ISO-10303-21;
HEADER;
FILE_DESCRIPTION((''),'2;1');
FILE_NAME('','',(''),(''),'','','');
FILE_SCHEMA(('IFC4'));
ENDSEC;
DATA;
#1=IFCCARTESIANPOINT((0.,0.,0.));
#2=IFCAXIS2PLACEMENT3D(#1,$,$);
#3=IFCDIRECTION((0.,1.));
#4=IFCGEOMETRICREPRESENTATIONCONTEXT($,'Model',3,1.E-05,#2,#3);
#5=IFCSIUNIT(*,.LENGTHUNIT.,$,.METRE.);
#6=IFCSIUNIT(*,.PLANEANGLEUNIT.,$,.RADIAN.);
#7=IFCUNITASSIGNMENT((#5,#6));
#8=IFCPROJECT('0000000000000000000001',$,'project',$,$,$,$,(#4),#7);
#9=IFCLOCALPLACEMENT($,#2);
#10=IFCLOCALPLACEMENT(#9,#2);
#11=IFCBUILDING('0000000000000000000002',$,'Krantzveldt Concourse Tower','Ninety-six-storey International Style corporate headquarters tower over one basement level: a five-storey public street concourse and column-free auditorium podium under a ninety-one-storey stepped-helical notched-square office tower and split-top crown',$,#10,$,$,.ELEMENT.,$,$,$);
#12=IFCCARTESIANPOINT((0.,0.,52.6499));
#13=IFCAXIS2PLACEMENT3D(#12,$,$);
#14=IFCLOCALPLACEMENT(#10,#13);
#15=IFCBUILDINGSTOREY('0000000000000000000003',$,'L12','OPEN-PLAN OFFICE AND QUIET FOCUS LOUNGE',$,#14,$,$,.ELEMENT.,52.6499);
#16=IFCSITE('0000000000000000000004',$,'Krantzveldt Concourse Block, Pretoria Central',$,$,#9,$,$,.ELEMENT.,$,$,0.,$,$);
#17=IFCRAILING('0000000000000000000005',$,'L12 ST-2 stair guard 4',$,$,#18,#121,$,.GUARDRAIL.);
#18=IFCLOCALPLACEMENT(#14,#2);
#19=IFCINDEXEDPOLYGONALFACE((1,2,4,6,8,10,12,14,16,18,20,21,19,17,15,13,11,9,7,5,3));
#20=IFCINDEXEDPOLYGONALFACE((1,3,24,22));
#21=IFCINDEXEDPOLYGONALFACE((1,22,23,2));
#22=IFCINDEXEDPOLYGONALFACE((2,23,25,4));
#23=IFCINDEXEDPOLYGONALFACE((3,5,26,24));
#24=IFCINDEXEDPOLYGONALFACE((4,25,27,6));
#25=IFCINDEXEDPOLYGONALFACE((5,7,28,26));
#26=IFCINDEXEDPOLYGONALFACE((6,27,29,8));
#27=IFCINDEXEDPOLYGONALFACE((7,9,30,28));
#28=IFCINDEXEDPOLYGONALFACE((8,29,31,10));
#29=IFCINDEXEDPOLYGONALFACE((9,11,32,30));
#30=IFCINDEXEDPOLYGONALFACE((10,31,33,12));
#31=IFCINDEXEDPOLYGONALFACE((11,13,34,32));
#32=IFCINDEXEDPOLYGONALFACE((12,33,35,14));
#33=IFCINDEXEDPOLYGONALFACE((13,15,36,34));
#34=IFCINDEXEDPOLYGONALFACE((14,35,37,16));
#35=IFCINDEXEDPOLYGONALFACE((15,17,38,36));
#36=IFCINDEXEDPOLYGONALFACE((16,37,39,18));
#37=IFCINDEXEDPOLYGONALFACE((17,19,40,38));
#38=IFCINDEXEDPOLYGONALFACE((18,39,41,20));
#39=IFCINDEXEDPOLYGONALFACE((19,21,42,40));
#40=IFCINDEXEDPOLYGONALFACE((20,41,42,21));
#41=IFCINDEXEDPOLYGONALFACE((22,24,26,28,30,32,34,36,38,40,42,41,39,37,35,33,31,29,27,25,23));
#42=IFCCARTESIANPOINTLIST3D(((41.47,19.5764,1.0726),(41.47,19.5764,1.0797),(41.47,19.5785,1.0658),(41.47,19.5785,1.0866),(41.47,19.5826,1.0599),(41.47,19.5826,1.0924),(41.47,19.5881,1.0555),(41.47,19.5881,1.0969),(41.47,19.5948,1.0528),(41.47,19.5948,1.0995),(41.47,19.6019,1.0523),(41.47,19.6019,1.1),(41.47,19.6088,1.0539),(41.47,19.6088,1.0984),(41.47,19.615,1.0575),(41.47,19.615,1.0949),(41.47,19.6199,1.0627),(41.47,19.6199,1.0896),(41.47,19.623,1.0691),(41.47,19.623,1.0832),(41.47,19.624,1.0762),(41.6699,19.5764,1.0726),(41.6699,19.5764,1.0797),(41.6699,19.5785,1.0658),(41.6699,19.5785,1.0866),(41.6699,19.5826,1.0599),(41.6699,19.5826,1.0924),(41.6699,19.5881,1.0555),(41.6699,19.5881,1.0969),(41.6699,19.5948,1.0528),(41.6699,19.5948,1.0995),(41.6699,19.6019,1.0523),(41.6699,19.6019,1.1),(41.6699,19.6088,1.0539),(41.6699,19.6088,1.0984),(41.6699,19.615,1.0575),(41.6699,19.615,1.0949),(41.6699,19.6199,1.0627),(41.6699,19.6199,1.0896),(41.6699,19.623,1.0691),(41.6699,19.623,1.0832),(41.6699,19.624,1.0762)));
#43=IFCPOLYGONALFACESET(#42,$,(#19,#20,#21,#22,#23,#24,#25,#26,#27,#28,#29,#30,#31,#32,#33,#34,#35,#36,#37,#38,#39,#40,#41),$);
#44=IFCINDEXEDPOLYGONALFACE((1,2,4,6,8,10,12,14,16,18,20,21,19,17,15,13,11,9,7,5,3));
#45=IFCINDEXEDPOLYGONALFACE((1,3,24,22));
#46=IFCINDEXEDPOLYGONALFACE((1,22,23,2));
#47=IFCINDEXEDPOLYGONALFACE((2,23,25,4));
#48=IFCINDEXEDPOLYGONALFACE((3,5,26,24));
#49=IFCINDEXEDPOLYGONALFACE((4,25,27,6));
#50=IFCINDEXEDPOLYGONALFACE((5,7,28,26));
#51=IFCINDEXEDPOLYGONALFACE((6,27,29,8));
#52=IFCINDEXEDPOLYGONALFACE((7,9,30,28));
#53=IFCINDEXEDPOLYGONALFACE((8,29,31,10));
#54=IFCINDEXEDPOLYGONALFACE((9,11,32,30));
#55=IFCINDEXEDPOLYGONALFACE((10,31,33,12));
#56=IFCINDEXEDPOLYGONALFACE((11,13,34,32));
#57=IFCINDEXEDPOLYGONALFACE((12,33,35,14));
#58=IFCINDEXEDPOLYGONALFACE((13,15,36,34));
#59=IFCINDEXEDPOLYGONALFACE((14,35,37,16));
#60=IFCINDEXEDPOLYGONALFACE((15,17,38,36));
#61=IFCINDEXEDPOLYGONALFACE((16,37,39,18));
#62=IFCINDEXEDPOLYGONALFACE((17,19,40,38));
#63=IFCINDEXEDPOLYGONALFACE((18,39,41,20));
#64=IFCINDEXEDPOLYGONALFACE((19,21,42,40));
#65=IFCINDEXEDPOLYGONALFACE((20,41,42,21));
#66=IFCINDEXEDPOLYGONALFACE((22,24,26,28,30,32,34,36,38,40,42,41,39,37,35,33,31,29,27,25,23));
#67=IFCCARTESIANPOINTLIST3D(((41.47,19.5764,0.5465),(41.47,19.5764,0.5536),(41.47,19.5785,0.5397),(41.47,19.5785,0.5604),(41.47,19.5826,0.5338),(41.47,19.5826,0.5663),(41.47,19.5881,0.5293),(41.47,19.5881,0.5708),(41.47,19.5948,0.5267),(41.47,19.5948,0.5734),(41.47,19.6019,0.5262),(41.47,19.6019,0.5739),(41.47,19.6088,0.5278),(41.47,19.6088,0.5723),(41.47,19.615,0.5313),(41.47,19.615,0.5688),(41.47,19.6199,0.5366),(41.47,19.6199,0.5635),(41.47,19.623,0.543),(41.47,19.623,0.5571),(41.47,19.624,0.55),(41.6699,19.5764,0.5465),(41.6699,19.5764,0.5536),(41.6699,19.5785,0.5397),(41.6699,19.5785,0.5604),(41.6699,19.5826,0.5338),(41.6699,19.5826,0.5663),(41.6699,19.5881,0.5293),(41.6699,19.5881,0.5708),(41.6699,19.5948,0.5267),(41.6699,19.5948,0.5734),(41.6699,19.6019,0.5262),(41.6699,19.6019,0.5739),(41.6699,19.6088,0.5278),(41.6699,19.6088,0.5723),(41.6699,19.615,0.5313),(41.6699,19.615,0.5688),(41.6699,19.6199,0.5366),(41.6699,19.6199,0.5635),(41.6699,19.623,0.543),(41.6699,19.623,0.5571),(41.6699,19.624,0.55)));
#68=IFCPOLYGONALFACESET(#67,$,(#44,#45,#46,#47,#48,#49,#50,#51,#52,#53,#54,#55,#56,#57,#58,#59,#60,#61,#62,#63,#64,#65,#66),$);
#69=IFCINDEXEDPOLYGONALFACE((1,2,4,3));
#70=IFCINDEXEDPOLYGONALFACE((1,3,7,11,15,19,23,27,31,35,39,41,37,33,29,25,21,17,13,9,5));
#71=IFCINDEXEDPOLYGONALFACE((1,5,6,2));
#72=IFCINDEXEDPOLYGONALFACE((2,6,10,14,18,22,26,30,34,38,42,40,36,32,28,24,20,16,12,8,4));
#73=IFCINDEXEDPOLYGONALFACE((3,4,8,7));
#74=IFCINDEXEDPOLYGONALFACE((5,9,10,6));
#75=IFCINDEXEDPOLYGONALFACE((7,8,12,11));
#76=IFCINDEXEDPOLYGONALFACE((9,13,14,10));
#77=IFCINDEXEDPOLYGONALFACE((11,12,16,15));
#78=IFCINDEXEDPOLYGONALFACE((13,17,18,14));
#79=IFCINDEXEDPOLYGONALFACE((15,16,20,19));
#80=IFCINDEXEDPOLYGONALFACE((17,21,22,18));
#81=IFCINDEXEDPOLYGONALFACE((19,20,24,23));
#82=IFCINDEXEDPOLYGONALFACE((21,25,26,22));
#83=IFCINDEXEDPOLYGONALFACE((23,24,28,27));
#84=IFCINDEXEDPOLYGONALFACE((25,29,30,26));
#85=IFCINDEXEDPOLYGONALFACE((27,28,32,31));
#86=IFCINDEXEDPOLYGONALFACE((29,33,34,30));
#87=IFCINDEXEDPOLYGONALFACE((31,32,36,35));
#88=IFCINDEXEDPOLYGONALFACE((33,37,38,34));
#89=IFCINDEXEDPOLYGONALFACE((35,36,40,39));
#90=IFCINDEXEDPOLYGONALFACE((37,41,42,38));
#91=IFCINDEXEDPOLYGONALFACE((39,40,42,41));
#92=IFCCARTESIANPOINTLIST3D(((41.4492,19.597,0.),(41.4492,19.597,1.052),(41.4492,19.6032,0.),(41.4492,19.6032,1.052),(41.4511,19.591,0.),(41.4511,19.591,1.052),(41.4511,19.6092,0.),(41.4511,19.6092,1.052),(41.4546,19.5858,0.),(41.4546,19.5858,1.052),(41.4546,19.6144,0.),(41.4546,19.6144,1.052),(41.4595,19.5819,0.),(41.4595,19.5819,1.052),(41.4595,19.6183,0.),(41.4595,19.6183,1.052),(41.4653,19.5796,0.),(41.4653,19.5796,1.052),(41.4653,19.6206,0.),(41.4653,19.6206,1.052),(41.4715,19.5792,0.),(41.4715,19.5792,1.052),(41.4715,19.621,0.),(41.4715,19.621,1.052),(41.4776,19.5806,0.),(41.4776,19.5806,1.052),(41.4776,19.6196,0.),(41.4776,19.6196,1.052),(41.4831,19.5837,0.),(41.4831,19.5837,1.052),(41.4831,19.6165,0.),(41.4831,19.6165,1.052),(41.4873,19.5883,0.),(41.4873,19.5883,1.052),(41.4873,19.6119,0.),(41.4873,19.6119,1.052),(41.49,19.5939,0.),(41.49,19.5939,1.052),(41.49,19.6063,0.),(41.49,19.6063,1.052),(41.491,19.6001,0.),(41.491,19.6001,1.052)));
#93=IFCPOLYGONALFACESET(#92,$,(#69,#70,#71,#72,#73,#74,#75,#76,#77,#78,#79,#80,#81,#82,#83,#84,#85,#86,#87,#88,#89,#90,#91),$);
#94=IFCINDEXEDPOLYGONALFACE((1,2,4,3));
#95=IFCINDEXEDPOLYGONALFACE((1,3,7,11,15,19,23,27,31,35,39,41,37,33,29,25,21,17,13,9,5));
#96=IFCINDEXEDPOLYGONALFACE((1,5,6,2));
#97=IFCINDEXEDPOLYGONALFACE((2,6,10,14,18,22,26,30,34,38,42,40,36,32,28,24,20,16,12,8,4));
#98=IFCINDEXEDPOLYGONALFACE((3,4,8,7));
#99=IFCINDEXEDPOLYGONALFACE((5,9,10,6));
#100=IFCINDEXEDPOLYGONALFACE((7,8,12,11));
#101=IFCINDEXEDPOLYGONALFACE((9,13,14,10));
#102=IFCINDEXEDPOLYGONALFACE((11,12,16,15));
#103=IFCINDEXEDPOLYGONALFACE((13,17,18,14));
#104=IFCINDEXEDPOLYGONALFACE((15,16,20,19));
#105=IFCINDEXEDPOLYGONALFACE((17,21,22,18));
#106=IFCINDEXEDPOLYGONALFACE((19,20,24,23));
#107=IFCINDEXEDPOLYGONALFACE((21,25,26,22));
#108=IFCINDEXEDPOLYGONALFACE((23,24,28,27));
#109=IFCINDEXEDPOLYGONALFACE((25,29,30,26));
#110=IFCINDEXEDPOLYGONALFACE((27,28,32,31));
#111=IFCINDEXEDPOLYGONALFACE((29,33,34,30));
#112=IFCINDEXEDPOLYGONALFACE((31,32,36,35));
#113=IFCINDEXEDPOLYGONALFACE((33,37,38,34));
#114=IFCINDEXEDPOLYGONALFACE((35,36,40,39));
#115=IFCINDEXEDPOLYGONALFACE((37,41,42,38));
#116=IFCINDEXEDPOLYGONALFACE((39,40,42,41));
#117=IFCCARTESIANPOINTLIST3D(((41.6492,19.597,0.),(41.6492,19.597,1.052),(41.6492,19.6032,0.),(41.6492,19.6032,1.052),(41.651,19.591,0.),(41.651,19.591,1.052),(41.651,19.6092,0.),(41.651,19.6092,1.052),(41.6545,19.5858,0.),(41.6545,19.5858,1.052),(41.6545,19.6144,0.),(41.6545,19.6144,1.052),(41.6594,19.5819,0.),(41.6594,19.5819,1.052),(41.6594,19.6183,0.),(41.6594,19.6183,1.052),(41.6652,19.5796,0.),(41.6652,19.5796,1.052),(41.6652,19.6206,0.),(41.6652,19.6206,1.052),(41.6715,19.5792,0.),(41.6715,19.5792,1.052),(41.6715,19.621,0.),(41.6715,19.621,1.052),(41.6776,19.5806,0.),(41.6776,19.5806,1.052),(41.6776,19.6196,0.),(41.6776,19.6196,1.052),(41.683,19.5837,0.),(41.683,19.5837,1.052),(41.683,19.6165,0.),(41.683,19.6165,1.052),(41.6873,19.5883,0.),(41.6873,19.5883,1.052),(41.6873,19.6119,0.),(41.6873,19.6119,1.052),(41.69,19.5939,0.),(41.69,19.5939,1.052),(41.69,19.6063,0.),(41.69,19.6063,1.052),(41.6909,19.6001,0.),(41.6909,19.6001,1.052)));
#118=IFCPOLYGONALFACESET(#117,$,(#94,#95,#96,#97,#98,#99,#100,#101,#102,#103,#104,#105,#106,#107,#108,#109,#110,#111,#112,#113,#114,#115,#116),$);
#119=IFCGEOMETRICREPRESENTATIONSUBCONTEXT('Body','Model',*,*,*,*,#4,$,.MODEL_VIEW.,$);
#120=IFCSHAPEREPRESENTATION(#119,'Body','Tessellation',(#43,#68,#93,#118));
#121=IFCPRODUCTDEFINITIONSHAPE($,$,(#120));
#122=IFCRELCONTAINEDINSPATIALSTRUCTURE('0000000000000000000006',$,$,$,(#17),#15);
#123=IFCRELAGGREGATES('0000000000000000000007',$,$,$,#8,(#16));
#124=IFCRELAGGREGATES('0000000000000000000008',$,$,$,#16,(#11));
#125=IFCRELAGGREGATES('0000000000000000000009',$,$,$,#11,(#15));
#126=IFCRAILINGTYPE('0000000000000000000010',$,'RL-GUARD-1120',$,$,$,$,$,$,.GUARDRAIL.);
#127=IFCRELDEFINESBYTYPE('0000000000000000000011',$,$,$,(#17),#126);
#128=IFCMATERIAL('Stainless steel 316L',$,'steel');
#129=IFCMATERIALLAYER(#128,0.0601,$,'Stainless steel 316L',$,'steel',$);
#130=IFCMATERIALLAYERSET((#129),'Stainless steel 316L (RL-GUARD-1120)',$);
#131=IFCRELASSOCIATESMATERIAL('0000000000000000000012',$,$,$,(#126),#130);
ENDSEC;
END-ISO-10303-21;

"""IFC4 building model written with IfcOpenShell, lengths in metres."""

from ifc_helpers import new_model, si_unit, direction, frame, origin, origin_2d, place, context, subcontext, project, spatial, circle, extrude, material, layer, layer_set, type_object, element, save


model = new_model("IFC4")

# Units and contexts
model_context = context("Model", 3, precision=1e-05, world=origin(), true_north=direction((0.0, 1.0)))
body_context = subcontext(model_context, "Body", "Model", "MODEL_VIEW")
ifc_project = project(units=[si_unit("LENGTHUNIT", "METRE"), si_unit("PLANEANGLEUNIT", "RADIAN")], contexts=[model_context])

# Site, building, storey
site_placement = place(None, origin())
site = spatial("IfcSite", under=ifc_project, at=site_placement, Name="Krantzveldt Concourse Block, Pretoria Central", CompositionType="ELEMENT", RefElevation=0.0)
building_placement = place(site_placement, origin())
building = spatial("IfcBuilding", under=site, at=building_placement, Name="Krantzveldt Concourse Tower", Description="Ninety-six-storey International Style corporate headquarters tower over one basement level: a five-storey public street concourse and column-free auditorium podium under a ninety-one-storey stepped-helical notched-square office tower and split-top crown", CompositionType="ELEMENT")
storey_placement = place(building_placement, frame((0.0, 0.0, 52.6499)))
storey = spatial("IfcBuildingStorey", under=building, at=storey_placement, Name="L12", Description="OPEN-PLAN OFFICE AND QUIET FOCUS LOUNGE", CompositionType="ELEMENT", Elevation=52.6499)

# Shared definitions
ifc_material_1 = material(Name="Stainless steel 316L", Category="steel")

# Railing
ifc_layer_1 = layer(ifc_material_1, 0.0601, Name="Stainless steel 316L", Category="steel")
ifc_layer_set_1 = layer_set([ifc_layer_1], Name="Stainless steel 316L (RL-GUARD-1120)")
railing_type_1 = type_object("IfcRailingType", Name="RL-GUARD-1120", PredefinedType="GUARDRAIL", material=ifc_layer_set_1)
railing_1_placement = place(storey_placement, frame((41.47, 19.6001, 0.0)))
element("IfcRailing", 1, at=railing_1_placement, inside=storey, type_object=railing_type_1, Name="L12 ST-2 stair guard 4", PredefinedType="GUARDRAIL", context=body_context, shape_type="SweptSolid", body=[
    extrude(circle(Radius=0.0239, at=origin_2d()), frame((0.0, 0.0, 1.0762), z_axis=(1.0, 0.0, 0.0), x_axis=(0.0, 1.0, 0.0)), (0.0, 0.0, 1.0), 0.2),
    extrude(circle(Radius=0.0239, at=origin_2d()), frame((0.0, 0.0, 0.55), z_axis=(1.0, 0.0, 0.0), x_axis=(0.0, 1.0, 0.0)), (0.0, 0.0, 1.0), 0.2),
    extrude(circle(Radius=0.021, at=origin_2d()), origin(), (0.0, 0.0, 1.0), 1.052),
    extrude(circle(Radius=0.021, at=origin_2d()), frame((0.2, 0.0, 0.0)), (0.0, 0.0, 1.0), 1.052),
])

save(model, "model.ifc")
